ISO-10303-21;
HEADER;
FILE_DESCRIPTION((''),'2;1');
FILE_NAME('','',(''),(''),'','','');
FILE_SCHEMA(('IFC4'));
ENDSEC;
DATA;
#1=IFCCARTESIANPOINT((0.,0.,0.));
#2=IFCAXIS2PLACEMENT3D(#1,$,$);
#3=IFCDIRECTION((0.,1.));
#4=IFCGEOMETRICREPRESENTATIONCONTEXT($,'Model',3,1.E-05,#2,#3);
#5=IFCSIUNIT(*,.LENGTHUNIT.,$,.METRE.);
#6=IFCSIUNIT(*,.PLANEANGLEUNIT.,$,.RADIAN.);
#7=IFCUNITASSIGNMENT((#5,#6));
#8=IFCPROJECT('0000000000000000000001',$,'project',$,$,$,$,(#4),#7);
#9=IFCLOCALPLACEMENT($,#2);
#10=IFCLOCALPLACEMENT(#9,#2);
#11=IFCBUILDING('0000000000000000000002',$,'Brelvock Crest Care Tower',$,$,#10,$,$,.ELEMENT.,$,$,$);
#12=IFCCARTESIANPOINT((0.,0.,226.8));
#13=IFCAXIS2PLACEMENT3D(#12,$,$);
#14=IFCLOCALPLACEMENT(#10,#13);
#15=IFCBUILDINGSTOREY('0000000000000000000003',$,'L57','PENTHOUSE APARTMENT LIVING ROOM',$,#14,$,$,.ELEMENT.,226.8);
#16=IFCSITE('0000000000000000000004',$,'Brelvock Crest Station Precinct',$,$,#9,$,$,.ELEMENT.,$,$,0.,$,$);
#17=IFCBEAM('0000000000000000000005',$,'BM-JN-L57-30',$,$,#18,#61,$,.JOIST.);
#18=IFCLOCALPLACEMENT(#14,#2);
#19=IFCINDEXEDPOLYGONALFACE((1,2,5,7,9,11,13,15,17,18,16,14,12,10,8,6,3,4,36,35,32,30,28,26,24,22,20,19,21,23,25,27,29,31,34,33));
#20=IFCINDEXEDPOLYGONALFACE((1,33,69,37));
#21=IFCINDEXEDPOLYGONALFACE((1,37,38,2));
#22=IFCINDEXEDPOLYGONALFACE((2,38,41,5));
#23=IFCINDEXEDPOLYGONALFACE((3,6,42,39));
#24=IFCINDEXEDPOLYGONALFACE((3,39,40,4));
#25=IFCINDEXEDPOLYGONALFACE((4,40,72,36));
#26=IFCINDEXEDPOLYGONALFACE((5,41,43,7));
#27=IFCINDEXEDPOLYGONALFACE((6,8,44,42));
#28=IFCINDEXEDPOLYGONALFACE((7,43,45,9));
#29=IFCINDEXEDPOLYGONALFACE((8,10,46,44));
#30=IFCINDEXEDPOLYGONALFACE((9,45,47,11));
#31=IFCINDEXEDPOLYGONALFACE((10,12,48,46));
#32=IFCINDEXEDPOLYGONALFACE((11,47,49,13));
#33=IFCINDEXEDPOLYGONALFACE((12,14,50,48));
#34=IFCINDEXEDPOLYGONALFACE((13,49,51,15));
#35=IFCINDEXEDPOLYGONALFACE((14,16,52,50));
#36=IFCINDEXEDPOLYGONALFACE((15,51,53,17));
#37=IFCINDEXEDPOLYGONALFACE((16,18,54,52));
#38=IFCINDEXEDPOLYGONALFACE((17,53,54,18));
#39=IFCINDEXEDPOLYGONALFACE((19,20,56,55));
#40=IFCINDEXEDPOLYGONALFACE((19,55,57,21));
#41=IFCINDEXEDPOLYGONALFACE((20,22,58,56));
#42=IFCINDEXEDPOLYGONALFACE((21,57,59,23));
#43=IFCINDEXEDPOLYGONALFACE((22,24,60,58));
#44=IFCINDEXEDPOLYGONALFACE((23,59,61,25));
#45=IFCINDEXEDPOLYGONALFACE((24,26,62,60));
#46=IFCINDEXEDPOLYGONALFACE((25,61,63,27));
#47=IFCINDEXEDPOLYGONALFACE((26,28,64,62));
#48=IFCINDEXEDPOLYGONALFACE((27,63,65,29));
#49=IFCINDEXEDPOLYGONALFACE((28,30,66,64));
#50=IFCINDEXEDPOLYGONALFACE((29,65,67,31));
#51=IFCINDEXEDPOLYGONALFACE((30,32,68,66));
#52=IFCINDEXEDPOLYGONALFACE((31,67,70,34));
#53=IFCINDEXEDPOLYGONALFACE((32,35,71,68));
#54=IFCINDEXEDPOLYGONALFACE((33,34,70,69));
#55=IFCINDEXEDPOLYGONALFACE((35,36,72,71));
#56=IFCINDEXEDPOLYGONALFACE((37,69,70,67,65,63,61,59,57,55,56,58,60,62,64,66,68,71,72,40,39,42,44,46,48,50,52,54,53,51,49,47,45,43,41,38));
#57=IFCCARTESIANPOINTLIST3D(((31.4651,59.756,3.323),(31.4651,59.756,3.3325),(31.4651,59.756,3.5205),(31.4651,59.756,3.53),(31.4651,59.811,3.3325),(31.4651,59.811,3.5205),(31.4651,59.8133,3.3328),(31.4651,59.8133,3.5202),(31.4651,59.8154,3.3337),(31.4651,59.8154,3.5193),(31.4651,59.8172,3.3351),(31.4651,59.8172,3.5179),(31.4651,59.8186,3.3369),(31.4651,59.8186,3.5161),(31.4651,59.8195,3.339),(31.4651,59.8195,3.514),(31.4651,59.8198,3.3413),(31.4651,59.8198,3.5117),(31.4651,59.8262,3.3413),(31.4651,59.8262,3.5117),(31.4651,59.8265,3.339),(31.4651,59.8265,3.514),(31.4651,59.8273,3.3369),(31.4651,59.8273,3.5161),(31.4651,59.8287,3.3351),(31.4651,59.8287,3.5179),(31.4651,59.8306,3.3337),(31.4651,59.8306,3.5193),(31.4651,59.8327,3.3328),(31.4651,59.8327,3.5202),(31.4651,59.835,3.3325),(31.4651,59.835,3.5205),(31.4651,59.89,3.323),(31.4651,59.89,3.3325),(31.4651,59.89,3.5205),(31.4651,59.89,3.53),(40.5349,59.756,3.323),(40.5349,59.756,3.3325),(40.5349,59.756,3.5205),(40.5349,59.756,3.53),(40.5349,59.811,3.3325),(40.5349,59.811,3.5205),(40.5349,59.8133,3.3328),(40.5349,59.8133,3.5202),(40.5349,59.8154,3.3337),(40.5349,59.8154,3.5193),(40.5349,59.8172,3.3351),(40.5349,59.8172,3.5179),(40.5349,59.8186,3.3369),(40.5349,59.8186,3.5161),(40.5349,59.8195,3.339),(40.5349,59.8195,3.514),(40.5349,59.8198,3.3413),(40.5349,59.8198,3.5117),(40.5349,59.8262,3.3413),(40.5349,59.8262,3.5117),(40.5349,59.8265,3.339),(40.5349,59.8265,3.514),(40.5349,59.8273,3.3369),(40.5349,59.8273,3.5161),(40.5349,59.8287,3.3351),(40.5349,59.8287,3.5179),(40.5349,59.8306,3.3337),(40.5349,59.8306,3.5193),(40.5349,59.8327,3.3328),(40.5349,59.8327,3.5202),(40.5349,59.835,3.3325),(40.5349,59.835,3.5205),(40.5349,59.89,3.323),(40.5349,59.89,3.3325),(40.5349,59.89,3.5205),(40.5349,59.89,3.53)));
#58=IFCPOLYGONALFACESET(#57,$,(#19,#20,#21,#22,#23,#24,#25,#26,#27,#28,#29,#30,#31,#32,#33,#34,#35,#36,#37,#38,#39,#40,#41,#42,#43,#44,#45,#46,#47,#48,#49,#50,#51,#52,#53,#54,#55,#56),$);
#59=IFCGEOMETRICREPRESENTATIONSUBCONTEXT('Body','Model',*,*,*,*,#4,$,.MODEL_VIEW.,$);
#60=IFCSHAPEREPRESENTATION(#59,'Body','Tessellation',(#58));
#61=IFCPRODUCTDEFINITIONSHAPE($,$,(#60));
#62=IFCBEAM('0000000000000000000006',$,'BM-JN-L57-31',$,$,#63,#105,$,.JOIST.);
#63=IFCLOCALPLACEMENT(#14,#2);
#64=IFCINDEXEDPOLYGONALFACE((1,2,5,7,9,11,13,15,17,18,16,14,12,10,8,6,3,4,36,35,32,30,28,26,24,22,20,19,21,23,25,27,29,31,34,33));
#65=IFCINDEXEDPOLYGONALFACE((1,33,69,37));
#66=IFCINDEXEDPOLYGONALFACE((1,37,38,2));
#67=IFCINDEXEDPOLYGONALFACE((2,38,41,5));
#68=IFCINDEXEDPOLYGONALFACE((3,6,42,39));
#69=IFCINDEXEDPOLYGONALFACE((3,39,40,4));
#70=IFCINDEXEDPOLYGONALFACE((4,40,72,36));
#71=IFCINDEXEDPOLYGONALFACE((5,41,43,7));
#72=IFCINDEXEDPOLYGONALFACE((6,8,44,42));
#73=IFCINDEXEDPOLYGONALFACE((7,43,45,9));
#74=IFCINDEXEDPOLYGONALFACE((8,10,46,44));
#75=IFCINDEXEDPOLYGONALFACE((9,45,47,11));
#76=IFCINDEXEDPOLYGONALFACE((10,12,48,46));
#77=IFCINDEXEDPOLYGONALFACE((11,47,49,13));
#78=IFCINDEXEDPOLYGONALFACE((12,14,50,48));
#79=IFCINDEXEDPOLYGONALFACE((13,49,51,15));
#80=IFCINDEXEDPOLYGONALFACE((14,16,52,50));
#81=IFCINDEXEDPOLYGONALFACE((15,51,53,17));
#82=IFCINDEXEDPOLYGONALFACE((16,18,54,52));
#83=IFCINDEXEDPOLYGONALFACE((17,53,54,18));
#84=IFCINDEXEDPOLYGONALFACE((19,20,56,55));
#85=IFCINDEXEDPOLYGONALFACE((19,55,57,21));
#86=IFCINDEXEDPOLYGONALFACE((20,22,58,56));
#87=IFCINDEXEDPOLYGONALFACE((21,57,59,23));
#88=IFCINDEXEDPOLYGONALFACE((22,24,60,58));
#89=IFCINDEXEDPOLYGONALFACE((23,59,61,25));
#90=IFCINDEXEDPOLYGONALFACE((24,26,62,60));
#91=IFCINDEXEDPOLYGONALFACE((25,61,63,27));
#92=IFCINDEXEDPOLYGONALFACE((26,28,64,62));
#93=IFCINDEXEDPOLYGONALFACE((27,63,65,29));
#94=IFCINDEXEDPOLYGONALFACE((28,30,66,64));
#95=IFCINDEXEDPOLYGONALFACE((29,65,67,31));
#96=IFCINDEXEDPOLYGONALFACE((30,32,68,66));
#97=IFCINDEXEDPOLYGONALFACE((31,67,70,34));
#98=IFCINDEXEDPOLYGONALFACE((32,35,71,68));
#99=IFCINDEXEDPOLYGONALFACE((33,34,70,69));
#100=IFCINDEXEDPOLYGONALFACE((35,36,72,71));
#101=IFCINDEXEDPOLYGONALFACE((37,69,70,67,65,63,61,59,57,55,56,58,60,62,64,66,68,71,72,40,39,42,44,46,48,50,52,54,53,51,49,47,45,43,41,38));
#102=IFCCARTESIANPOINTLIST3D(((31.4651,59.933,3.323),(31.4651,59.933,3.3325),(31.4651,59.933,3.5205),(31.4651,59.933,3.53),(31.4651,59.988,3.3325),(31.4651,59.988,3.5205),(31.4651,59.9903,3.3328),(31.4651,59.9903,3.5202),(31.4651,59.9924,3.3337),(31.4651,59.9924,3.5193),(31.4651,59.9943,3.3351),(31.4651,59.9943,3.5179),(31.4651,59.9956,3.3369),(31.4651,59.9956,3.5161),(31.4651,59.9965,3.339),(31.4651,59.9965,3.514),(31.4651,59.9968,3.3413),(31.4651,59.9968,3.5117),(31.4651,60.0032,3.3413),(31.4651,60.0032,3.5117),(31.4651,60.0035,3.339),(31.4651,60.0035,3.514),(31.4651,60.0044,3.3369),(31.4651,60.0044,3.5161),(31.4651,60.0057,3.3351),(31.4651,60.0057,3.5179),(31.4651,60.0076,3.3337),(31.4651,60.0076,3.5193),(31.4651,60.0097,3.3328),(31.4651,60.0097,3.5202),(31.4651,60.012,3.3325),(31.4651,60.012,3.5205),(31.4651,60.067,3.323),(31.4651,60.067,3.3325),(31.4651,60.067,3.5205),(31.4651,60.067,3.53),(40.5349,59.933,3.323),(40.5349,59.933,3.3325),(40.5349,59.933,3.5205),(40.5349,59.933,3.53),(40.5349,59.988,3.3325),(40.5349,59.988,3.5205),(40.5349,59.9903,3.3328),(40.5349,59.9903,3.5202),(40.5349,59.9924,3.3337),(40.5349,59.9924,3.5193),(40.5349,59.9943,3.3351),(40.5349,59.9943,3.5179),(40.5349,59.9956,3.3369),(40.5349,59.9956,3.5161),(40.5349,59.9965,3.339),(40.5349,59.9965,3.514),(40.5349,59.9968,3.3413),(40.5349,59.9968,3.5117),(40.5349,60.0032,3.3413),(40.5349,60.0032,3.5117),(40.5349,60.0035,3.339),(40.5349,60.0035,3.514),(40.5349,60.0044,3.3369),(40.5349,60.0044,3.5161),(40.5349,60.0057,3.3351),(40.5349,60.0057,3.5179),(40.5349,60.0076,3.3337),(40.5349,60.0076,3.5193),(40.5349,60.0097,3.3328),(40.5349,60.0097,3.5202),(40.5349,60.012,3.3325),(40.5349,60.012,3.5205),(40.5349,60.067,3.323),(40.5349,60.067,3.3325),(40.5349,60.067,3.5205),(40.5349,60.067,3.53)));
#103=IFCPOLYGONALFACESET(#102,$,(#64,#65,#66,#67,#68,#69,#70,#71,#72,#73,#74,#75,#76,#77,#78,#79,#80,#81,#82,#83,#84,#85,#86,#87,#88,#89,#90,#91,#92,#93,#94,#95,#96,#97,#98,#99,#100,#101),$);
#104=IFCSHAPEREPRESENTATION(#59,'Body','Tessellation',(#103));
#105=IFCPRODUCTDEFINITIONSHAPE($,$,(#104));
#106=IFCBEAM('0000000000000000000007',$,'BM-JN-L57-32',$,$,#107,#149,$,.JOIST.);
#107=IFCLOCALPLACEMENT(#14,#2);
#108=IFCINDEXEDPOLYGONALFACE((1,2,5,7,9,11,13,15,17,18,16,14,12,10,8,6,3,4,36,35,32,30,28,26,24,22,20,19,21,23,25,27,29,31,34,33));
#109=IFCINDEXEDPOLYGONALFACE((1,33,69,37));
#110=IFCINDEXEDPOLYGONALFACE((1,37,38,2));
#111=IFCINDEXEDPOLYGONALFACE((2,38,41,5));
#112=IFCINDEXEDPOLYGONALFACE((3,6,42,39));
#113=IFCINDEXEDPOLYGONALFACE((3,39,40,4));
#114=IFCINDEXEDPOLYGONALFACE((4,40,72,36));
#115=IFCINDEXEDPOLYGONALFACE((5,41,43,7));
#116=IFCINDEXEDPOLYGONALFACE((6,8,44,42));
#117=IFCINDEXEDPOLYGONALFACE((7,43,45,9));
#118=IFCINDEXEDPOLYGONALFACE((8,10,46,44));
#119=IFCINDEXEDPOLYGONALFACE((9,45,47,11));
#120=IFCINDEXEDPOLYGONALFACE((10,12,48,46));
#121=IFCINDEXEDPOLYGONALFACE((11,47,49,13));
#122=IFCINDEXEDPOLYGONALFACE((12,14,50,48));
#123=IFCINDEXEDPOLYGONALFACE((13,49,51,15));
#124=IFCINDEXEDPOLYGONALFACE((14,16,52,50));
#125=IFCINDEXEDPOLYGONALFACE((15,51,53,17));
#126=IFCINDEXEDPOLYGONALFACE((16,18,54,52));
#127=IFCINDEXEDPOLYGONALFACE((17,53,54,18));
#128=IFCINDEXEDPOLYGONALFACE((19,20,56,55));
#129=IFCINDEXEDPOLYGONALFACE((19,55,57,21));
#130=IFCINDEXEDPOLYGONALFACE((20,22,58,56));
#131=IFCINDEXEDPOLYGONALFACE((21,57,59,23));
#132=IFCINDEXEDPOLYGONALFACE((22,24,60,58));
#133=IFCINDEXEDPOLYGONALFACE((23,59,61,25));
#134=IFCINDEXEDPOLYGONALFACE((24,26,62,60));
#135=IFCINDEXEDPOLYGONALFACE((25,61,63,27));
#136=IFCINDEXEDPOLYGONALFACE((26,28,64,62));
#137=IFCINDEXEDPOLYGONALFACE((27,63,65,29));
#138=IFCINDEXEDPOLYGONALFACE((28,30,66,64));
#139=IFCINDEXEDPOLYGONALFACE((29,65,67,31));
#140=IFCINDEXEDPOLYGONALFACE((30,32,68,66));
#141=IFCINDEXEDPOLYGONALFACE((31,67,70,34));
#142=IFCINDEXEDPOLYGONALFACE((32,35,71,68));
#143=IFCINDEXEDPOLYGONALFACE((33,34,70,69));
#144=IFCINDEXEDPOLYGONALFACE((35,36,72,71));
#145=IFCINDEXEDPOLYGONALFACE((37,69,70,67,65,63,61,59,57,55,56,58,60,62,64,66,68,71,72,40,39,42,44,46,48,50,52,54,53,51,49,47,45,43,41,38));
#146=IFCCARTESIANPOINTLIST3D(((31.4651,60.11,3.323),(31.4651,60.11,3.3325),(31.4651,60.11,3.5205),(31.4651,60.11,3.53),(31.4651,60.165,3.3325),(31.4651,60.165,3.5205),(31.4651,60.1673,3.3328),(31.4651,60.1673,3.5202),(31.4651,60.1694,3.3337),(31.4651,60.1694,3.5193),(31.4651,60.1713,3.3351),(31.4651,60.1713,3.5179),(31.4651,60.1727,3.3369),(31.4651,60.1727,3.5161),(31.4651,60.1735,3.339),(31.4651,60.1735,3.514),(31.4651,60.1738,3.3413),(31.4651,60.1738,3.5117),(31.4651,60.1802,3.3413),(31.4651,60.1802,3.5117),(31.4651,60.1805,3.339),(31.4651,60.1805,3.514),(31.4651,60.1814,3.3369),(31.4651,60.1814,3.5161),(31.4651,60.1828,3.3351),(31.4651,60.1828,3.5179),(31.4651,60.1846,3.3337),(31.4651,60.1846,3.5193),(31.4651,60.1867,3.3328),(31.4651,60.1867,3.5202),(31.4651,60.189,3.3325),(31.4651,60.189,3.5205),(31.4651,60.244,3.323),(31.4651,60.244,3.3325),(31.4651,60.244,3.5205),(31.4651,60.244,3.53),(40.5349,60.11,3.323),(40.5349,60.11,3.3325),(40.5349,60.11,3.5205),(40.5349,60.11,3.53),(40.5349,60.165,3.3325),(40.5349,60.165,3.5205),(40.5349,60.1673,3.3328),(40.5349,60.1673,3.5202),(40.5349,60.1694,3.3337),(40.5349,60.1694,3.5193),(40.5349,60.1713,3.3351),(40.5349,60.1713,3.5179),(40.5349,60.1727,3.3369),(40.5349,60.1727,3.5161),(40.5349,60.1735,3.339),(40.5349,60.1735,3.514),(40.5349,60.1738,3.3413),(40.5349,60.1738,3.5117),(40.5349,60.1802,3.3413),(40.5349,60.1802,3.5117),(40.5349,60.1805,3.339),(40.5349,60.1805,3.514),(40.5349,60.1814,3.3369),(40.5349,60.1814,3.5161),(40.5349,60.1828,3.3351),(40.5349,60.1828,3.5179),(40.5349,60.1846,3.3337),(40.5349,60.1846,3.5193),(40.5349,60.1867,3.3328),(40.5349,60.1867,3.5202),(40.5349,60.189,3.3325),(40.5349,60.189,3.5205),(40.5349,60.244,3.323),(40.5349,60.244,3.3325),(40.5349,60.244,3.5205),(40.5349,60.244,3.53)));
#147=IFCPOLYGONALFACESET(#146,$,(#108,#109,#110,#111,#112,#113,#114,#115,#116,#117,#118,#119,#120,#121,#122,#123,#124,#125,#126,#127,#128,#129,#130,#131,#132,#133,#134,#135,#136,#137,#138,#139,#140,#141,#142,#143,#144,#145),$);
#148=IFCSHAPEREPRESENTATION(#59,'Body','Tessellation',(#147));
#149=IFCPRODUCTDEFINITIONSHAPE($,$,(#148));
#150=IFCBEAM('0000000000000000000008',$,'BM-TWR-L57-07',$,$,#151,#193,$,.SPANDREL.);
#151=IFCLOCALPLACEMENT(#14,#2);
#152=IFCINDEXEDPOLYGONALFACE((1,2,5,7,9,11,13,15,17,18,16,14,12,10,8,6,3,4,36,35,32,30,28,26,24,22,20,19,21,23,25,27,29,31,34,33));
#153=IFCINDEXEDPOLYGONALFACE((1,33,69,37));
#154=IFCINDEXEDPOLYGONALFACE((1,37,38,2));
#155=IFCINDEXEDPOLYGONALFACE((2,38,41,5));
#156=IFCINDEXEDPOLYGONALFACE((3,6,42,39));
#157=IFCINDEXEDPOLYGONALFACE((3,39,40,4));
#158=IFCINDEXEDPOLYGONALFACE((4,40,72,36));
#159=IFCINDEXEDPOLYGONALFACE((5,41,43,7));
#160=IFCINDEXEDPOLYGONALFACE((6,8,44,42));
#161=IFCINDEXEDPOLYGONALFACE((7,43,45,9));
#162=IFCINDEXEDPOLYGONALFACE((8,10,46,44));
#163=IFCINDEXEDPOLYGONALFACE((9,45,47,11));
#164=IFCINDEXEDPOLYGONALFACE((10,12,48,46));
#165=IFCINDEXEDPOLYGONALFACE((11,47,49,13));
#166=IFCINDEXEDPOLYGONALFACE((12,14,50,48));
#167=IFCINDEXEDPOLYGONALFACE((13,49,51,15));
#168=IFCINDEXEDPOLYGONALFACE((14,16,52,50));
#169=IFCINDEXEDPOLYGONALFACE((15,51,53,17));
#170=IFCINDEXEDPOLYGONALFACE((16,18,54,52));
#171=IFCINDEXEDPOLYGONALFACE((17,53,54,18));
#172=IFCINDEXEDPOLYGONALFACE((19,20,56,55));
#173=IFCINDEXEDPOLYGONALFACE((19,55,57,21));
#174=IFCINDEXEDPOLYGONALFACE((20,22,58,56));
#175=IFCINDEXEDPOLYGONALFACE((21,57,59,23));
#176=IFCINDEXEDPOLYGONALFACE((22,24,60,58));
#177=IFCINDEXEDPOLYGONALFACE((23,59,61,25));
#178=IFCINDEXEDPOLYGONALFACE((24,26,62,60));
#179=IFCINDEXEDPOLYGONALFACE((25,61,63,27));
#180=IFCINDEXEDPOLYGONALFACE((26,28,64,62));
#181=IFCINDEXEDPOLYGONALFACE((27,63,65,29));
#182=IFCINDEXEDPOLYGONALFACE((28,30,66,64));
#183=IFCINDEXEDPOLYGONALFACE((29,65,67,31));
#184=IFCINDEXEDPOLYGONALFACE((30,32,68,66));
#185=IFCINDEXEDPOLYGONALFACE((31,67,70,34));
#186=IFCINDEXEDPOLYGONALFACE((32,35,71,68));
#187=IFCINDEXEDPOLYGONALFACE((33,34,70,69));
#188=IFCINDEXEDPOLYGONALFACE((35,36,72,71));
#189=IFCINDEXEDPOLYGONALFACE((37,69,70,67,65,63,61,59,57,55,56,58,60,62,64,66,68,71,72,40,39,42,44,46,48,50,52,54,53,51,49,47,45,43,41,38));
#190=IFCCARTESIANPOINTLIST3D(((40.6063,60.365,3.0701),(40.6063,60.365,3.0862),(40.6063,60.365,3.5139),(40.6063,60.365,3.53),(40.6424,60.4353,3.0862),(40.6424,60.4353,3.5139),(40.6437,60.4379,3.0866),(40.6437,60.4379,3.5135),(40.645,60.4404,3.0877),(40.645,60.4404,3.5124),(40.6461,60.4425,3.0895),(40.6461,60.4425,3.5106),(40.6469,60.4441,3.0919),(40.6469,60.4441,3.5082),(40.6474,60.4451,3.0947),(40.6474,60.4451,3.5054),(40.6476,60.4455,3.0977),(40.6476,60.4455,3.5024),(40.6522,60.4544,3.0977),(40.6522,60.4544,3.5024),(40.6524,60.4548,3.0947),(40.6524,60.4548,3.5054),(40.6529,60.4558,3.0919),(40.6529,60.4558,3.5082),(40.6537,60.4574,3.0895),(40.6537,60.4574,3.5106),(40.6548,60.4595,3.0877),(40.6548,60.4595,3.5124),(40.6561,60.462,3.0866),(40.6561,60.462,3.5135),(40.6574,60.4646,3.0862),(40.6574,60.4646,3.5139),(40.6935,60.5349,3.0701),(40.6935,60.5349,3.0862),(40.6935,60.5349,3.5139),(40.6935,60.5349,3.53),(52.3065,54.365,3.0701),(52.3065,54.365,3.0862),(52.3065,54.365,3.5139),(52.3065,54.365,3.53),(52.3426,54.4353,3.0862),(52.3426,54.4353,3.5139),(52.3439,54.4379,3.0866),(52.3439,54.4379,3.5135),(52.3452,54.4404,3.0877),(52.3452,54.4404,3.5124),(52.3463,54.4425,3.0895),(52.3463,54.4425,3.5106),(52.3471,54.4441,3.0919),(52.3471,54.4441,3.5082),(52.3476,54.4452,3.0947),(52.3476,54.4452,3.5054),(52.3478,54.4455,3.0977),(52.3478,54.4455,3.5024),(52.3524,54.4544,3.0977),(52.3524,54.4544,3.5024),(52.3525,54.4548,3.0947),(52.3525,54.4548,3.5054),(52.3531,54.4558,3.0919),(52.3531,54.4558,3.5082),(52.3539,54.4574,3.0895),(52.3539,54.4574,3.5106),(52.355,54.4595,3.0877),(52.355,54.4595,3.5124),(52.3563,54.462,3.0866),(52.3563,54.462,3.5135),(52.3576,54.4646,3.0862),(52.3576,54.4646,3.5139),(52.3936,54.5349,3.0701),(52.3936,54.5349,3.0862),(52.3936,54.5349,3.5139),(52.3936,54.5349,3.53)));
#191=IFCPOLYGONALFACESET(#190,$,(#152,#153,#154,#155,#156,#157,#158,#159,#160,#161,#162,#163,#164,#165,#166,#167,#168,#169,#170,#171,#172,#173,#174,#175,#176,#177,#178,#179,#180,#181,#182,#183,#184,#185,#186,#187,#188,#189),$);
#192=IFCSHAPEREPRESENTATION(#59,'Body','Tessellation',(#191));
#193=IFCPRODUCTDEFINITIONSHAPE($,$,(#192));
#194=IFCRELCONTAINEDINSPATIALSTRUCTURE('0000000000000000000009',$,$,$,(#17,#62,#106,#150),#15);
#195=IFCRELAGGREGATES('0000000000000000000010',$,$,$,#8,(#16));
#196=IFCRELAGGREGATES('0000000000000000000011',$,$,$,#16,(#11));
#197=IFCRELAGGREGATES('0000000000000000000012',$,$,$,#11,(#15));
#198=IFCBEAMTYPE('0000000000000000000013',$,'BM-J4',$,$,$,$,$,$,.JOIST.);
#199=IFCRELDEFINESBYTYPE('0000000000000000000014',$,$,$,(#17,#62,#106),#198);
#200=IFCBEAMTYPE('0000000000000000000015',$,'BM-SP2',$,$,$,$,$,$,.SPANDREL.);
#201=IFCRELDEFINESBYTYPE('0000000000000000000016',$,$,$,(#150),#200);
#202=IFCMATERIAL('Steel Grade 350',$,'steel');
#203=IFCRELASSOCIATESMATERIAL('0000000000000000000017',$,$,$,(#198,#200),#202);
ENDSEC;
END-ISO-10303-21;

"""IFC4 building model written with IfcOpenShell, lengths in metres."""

from ifc_helpers import new_model, si_unit, direction, frame, origin, origin_2d, place, context, subcontext, project, spatial, i_section, extrude, source, transform, mapped, material, material_profile, profile_set, type_object, element, save


model = new_model("IFC4")

# Units and contexts
model_context = context("Model", 3, precision=1e-05, world=origin(), true_north=direction((0.0, 1.0)))
body_context = subcontext(model_context, "Body", "Model", "MODEL_VIEW")
ifc_project = project(units=[si_unit("LENGTHUNIT", "METRE"), si_unit("PLANEANGLEUNIT", "RADIAN")], contexts=[model_context])

# Site, building, storey
site_placement = place(None, origin())
site = spatial("IfcSite", under=ifc_project, at=site_placement, Name="Brelvock Crest Station Precinct", CompositionType="ELEMENT", RefElevation=0.0)
building_placement = place(site_placement, origin())
building = spatial("IfcBuilding", under=site, at=building_placement, Name="Brelvock Crest Care Tower", CompositionType="ELEMENT")
storey_placement = place(building_placement, frame((0.0, 0.0, 226.8)))
storey = spatial("IfcBuildingStorey", under=building, at=storey_placement, Name="L57", Description="PENTHOUSE APARTMENT LIVING ROOM", CompositionType="ELEMENT", Elevation=226.8)

# Shared definitions
ifc_material_1 = material(Name="Steel Grade 350", Category="steel")

# Beams
ifc_material_profile_1 = material_profile(ifc_material_1, i_section(OverallWidth=0.134, OverallDepth=0.207, WebThickness=0.0063, FlangeThickness=0.0095, FilletRadius=0.0088, at=origin_2d()), Name="200UB29.8")
ifc_profile_set_1 = profile_set([ifc_material_profile_1], Name="Steel Grade 350")
beam_type_1 = type_object("IfcBeamType", Name="BM-J4", PredefinedType="JOIST", material=ifc_profile_set_1)
shared_shape_1 = source(origin(), body_context, "Body", "SweptSolid", [
    extrude(i_section(OverallWidth=0.134, OverallDepth=0.207, WebThickness=0.0063, FlangeThickness=0.0095, FilletRadius=0.0088, at=origin_2d()), origin(), (0.0, 0.0, 1.0), 9.0698),
])
for number, where, z_axis, x_axis, name in (
    (1, (31.4651, 59.823, 3.4265), (1.0, 0.0, 0.0), (0.0, 1.0, 0.0), "BM-JN-L57-30"),
    (2, (31.4651, 60.0, 3.4265), (1.0, 0.0, 0.0), (0.0, 1.0, 0.0), "BM-JN-L57-31"),
    (3, (31.4651, 60.177, 3.4265), (1.0, 0.0, 0.0), (0.0, 1.0, 0.0), "BM-JN-L57-32"),
):
    element("IfcBeam", number, at=place(storey_placement, frame(where, z_axis=z_axis, x_axis=x_axis)), inside=storey, type_object=beam_type_1, Name=name, PredefinedType="JOIST", context=body_context, shape_type="MappedRepresentation", body=[
        mapped(shared_shape_1, transform((0.0, 0.0, 0.0), x_axis=(1.0, 0.0, 0.0), y_axis=(0.0, 1.0, 0.0), z_axis=(0.0, 0.0, 1.0), scale=1.0)),
    ])
ifc_material_profile_2 = material_profile(ifc_material_1, i_section(OverallWidth=0.1909, OverallDepth=0.46, WebThickness=0.01, FlangeThickness=0.0161, FilletRadius=0.0115, at=origin_2d()), Name="460UB82.1")
ifc_profile_set_2 = profile_set([ifc_material_profile_2], Name="Steel Grade 350")
beam_type_2 = type_object("IfcBeamType", Name="BM-SP2", PredefinedType="SPANDREL", material=ifc_profile_set_2)
shared_shape_2 = source(origin(), body_context, "Body", "SweptSolid", [
    extrude(i_section(OverallWidth=0.1909, OverallDepth=0.46, WebThickness=0.01, FlangeThickness=0.0161, FilletRadius=0.0115, at=origin_2d()), origin(), (0.0, 0.0, 1.0), 13.1489),
])
beam_placement = place(storey_placement, frame((40.6499, 60.45, 3.3), z_axis=(0.889821, -0.456311, 0.0), x_axis=(0.456311, 0.889821, 0.0)))
element("IfcBeam", 4, at=beam_placement, inside=storey, type_object=beam_type_2, Name="BM-TWR-L57-07", PredefinedType="SPANDREL", context=body_context, shape_type="MappedRepresentation", body=[
    mapped(shared_shape_2, transform((0.0, 0.0, 0.0), x_axis=(1.0, 0.0, 0.0), y_axis=(0.0, 1.0, 0.0), z_axis=(0.0, 0.0, 1.0), scale=1.0)),
])

save(model, "model.ifc")
